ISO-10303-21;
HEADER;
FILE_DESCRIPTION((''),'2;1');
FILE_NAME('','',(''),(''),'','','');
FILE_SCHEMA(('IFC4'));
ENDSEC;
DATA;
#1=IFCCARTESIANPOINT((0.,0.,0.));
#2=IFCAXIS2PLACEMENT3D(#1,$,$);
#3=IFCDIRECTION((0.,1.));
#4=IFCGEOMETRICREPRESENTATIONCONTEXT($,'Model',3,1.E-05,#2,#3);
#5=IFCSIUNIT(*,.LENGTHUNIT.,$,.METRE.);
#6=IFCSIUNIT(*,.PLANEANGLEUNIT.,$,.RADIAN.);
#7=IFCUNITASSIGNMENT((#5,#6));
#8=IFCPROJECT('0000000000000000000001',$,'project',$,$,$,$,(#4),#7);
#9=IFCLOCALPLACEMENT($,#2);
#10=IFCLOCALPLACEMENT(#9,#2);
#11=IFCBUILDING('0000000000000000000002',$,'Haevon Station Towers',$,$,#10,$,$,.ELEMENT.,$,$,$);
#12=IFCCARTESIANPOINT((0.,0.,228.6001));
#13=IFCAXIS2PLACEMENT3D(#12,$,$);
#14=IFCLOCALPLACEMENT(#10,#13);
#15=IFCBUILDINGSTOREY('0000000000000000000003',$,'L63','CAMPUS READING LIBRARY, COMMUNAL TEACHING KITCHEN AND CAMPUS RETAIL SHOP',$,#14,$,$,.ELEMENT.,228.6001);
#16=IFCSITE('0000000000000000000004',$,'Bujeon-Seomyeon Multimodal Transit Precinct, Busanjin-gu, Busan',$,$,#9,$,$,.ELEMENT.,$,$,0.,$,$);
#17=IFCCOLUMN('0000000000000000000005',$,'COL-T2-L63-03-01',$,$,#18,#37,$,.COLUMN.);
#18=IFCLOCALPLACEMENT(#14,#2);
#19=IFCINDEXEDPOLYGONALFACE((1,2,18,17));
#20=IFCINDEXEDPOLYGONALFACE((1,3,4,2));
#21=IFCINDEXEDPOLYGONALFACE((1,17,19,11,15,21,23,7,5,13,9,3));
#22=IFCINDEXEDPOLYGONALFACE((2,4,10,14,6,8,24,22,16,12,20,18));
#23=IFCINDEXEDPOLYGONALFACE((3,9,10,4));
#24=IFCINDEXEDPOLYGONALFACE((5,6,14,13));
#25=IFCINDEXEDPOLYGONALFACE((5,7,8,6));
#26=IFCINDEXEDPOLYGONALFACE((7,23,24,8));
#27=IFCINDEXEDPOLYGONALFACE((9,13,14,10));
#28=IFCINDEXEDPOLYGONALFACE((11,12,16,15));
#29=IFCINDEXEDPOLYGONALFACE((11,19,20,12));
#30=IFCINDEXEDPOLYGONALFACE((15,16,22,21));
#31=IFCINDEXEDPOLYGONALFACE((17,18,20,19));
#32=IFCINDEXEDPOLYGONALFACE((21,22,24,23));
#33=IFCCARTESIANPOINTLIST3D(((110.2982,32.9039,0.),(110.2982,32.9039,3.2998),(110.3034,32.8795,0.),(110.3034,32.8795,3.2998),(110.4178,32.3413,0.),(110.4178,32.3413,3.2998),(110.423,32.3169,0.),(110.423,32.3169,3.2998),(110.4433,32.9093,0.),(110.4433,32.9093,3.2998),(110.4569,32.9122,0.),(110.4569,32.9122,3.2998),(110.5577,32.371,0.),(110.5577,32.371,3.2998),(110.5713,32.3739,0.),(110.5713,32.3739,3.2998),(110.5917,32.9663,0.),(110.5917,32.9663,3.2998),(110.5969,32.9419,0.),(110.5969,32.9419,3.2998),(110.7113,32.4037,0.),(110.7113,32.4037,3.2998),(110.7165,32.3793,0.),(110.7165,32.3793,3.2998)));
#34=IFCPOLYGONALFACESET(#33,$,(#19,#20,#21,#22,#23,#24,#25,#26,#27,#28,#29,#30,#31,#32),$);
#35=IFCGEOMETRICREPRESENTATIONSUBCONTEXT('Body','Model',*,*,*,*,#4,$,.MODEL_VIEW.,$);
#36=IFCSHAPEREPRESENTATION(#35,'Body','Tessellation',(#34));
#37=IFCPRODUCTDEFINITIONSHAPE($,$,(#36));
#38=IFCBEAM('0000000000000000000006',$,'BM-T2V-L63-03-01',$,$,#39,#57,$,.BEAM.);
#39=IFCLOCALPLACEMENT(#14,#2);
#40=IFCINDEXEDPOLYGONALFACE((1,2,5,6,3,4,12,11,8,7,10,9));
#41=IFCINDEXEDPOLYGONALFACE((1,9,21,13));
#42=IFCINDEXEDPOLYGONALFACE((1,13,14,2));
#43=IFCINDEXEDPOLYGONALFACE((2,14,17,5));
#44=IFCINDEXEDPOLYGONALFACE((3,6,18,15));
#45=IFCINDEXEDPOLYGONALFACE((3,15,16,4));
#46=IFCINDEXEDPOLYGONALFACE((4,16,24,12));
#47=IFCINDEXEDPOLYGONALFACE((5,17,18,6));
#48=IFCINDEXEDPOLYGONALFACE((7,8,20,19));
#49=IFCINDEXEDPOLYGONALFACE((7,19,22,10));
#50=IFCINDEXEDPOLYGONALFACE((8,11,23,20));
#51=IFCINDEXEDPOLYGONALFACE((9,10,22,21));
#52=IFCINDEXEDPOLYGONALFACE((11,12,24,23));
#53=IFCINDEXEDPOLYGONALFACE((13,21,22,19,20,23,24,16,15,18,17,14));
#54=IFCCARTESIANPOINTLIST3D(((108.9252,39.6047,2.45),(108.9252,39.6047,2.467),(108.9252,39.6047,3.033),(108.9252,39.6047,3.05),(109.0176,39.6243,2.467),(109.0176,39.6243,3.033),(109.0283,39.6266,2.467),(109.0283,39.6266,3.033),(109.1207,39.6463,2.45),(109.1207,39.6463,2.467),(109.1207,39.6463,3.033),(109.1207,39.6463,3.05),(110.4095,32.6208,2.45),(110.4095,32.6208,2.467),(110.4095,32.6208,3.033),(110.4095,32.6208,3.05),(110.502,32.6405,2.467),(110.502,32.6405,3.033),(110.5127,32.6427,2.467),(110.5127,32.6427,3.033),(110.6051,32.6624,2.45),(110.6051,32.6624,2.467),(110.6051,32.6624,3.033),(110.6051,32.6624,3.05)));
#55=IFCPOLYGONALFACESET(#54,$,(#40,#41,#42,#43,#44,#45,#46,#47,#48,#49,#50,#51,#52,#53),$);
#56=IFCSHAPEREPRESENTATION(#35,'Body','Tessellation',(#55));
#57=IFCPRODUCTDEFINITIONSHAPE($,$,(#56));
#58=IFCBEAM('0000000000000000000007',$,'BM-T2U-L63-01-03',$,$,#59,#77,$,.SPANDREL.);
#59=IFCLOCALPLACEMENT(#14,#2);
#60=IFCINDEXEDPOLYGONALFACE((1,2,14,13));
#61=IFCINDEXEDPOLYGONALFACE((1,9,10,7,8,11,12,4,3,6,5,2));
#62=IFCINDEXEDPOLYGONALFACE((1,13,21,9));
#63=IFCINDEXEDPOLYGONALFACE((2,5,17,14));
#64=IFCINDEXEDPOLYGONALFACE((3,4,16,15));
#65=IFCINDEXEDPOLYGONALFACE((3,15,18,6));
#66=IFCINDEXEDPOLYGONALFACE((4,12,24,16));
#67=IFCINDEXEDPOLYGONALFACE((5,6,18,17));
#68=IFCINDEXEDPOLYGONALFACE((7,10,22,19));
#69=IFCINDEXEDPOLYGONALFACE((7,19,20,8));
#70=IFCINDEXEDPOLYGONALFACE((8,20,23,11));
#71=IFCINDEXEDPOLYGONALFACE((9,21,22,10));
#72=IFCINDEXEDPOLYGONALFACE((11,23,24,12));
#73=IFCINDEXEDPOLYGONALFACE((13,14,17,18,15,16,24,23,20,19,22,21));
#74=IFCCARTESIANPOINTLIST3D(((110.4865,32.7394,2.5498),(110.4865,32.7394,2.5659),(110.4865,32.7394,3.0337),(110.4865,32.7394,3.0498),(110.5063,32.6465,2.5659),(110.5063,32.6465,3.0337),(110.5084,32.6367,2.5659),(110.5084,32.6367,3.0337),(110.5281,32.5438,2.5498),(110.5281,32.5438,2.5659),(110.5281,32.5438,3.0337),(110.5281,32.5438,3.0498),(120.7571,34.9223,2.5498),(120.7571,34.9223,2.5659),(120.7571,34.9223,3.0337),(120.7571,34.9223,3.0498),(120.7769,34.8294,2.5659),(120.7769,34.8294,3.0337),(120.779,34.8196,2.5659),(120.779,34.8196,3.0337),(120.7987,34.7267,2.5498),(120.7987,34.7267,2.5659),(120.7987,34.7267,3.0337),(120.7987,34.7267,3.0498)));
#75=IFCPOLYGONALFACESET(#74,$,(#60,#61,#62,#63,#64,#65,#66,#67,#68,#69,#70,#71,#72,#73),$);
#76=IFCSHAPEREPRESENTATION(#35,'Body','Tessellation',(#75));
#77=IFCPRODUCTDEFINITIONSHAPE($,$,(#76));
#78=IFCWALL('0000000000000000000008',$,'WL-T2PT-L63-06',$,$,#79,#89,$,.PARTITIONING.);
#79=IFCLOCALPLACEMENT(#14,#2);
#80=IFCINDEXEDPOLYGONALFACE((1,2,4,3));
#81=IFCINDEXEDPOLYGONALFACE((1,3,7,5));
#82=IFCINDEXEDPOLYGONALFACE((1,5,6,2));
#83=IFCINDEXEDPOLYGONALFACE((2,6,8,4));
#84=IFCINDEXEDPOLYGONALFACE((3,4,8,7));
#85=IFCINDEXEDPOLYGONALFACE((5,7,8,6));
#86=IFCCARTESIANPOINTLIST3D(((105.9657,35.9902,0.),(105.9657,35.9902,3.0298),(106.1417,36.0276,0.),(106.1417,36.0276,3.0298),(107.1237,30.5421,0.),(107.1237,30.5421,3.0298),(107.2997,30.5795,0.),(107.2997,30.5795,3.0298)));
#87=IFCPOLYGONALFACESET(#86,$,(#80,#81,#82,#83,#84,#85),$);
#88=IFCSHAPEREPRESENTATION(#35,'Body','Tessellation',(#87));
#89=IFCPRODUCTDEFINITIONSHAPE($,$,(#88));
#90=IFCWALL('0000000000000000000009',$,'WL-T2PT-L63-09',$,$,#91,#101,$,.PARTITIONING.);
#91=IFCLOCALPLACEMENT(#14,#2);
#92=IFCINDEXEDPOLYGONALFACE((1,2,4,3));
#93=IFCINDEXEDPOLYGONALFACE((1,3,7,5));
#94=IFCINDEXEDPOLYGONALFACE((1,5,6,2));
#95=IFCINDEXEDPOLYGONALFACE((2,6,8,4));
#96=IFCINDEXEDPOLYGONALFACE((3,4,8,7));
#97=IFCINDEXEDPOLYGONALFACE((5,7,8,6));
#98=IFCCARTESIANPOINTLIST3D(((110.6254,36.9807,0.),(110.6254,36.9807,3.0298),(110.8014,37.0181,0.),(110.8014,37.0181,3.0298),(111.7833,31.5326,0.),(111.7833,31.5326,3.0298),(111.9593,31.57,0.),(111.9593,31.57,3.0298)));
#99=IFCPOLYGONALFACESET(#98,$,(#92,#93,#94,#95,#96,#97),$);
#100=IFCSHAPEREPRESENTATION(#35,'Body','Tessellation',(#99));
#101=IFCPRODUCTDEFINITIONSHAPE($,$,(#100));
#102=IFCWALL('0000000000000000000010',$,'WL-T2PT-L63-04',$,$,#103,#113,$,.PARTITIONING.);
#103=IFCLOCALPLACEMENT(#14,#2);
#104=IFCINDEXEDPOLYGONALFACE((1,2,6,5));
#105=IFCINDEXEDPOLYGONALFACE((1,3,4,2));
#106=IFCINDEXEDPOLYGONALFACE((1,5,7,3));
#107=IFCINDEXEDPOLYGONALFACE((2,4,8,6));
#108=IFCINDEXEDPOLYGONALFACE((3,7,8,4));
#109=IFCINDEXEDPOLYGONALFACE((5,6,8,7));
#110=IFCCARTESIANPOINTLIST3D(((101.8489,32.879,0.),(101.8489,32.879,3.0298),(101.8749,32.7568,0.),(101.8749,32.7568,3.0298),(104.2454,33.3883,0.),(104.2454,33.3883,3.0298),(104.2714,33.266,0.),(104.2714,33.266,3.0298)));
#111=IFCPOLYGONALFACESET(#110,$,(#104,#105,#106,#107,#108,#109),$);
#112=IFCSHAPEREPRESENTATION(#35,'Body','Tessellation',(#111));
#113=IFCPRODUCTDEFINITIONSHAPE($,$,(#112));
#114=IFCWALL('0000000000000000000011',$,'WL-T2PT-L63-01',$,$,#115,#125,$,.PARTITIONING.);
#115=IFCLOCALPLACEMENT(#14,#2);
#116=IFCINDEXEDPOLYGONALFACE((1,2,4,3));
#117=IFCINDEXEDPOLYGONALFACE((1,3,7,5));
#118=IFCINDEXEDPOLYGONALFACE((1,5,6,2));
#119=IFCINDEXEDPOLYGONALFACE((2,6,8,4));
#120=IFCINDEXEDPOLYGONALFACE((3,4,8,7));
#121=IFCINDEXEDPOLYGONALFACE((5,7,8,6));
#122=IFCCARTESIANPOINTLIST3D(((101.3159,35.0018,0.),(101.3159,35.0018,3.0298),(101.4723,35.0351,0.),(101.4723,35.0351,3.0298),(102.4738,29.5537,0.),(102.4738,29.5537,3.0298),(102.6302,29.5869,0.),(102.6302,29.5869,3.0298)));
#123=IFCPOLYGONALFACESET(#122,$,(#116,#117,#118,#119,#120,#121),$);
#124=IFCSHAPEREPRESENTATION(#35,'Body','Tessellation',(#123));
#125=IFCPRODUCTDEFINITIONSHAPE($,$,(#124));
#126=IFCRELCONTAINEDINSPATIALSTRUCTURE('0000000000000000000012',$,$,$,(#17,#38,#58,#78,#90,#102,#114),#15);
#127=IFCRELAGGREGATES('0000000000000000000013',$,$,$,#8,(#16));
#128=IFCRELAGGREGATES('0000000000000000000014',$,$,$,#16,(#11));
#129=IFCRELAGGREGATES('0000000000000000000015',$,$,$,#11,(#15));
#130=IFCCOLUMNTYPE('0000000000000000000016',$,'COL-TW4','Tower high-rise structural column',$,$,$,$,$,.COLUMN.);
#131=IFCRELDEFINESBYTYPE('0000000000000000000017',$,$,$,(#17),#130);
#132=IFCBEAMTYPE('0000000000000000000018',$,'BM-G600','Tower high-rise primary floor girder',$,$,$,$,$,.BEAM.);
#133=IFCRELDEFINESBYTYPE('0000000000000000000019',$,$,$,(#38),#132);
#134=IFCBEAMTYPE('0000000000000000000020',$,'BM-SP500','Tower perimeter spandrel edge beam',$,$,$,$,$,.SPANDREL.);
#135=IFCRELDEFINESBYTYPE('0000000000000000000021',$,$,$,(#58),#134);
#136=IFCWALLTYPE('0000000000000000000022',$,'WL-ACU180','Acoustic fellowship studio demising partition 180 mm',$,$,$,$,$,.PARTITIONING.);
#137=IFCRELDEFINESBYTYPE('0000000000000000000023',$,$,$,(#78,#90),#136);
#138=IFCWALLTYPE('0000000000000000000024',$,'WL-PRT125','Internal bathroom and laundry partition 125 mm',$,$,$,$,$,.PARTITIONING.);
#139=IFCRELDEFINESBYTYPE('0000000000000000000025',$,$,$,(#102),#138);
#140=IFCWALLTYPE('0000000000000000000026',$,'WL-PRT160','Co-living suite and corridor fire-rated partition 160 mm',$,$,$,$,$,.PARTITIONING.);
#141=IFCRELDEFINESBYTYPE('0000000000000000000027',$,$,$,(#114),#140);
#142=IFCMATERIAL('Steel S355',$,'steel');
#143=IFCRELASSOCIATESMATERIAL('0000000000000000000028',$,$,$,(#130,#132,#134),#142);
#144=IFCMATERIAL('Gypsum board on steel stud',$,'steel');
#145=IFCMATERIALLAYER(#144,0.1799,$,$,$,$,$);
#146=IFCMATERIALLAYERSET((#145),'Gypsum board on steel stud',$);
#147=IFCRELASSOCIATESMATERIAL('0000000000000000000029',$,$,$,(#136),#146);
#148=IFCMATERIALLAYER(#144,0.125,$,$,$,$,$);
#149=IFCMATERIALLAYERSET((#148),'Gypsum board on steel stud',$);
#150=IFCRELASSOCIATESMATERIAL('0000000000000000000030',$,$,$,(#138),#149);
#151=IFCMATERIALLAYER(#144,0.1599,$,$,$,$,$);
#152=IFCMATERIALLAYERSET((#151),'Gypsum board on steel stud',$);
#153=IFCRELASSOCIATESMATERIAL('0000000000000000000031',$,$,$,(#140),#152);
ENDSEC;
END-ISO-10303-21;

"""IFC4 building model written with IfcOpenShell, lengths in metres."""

from ifc_helpers import new_model, si_unit, direction, frame, frame_2d, origin, origin_2d, place, context, subcontext, project, spatial, rectangle, i_section, extrude, material, layer, layer_set, material_profile, profile_set, type_object, element, save


model = new_model("IFC4")

# Units and contexts
model_context = context("Model", 3, precision=1e-05, world=origin(), true_north=direction((0.0, 1.0)))
body_context = subcontext(model_context, "Body", "Model", "MODEL_VIEW")
ifc_project = project(units=[si_unit("LENGTHUNIT", "METRE"), si_unit("PLANEANGLEUNIT", "RADIAN")], contexts=[model_context])

# Site, building, storey
site_placement = place(None, origin())
site = spatial("IfcSite", under=ifc_project, at=site_placement, Name="Bujeon-Seomyeon Multimodal Transit Precinct, Busanjin-gu, Busan", CompositionType="ELEMENT", RefElevation=0.0)
building_placement = place(site_placement, origin())
building = spatial("IfcBuilding", under=site, at=building_placement, Name="Haevon Station Towers", CompositionType="ELEMENT")
storey_placement = place(building_placement, frame((0.0, 0.0, 228.6001)))
storey = spatial("IfcBuildingStorey", under=building, at=storey_placement, Name="L63", Description="CAMPUS READING LIBRARY, COMMUNAL TEACHING KITCHEN AND CAMPUS RETAIL SHOP", CompositionType="ELEMENT", Elevation=228.6001)

# Column
ifc_material_1 = material(Name="Steel S355", Category="steel")
ifc_material_profile_1 = material_profile(ifc_material_1, i_section(OverallWidth=0.3, OverallDepth=0.6001, WebThickness=0.0139, FlangeThickness=0.0249, at=origin_2d()), Name="H-600x300x14x25")
ifc_profile_set_1 = profile_set([ifc_material_profile_1], Name="Steel S355")
column_type = type_object("IfcColumnType", Name="COL-TW4", Description="Tower high-rise structural column", PredefinedType="COLUMN", material=ifc_profile_set_1)
column_placement = place(storey_placement, frame((110.5073, 32.6416, 0.0), z_axis=(0.0, 0.0, 1.0), x_axis=(0.978148, 0.207912, 0.0)))
element("IfcColumn", 1, at=column_placement, inside=storey, type_object=column_type, Name="COL-T2-L63-03-01", PredefinedType="COLUMN", context=body_context, shape_type="SweptSolid", body=[
    extrude(i_section(OverallWidth=0.3, OverallDepth=0.6001, WebThickness=0.0139, FlangeThickness=0.0249, at=origin_2d()), origin(), (0.0, 0.0, 1.0), 3.2998),
])

# Beams
ifc_material_profile_2 = material_profile(ifc_material_1, i_section(OverallWidth=0.2, OverallDepth=0.6001, WebThickness=0.011, FlangeThickness=0.0171, at=origin_2d()), Name="H-600x200x11x17")
ifc_profile_set_2 = profile_set([ifc_material_profile_2], Name="Steel S355")
beam_type_1 = type_object("IfcBeamType", Name="BM-G600", Description="Tower high-rise primary floor girder", PredefinedType="BEAM", material=ifc_profile_set_2)
beam_1_placement = place(storey_placement, frame((110.5073, 32.6416, 2.75), z_axis=(-0.207899, 0.97815, 0.0), x_axis=(-0.97815, -0.207899, 0.0)))
element("IfcBeam", 2, at=beam_1_placement, inside=storey, type_object=beam_type_1, Name="BM-T2V-L63-03-01", PredefinedType="BEAM", context=body_context, shape_type="SweptSolid", body=[
    extrude(i_section(OverallWidth=0.2, OverallDepth=0.6001, WebThickness=0.011, FlangeThickness=0.0171, at=origin_2d()), origin(), (0.0, 0.0, 1.0), 7.1399),
])
ifc_material_profile_3 = material_profile(ifc_material_1, i_section(OverallWidth=0.2, OverallDepth=0.5, WebThickness=0.01, FlangeThickness=0.0161, at=origin_2d()), Name="H-500x200x10x16")
ifc_profile_set_3 = profile_set([ifc_material_profile_3], Name="Steel S355")
beam_type_2 = type_object("IfcBeamType", Name="BM-SP500", Description="Tower perimeter spandrel edge beam", PredefinedType="SPANDREL", material=ifc_profile_set_3)
beam_2_placement = place(storey_placement, frame((110.5073, 32.6416, 2.7998), z_axis=(0.978152, 0.207893, 0.0), x_axis=(-0.207893, 0.978152, 0.0)))
element("IfcBeam", 3, at=beam_2_placement, inside=storey, type_object=beam_type_2, Name="BM-T2U-L63-01-03", PredefinedType="SPANDREL", context=body_context, shape_type="SweptSolid", body=[
    extrude(i_section(OverallWidth=0.2, OverallDepth=0.5, WebThickness=0.01, FlangeThickness=0.0161, at=origin_2d()), origin(), (0.0, 0.0, 1.0), 10.5),
])

# Walls
ifc_material_2 = material(Name="Gypsum board on steel stud", Category="steel")
ifc_layer_1 = layer(ifc_material_2, 0.1799)
ifc_layer_set_1 = layer_set([ifc_layer_1], Name="Gypsum board on steel stud")
wall_type_1 = type_object("IfcWallType", Name="WL-ACU180", Description="Acoustic fellowship studio demising partition 180 mm", PredefinedType="PARTITIONING", material=ifc_layer_set_1)
for number, where, z_axis, x_axis, name in (
    (4, (107.2117, 30.5608, 0.0), (0.0, 0.0, 1.0), (-0.207894, 0.978151, 0.0), "WL-T2PT-L63-06"),
    (5, (111.8713, 31.5513, 0.0), (0.0, 0.0, 1.0), (-0.207894, 0.978151, 0.0), "WL-T2PT-L63-09"),
):
    element("IfcWall", number, at=place(storey_placement, frame(where, z_axis=z_axis, x_axis=x_axis)), inside=storey, type_object=wall_type_1, Name=name, PredefinedType="PARTITIONING", context=body_context, shape_type="SweptSolid", body=[
        extrude(rectangle(XDim=5.5698, YDim=0.1799, at=frame_2d((2.7849, 0.0))), origin(), (0.0, 0.0, 1.0), 3.0298),
    ])
ifc_layer_2 = layer(ifc_material_2, 0.125)
ifc_layer_set_2 = layer_set([ifc_layer_2], Name="Gypsum board on steel stud")
wall_type_2 = type_object("IfcWallType", Name="WL-PRT125", Description="Internal bathroom and laundry partition 125 mm", PredefinedType="PARTITIONING", material=ifc_layer_set_2)
wall_1_placement = place(storey_placement, frame((101.8618, 32.8179, 0.0), z_axis=(0.0, 0.0, 1.0), x_axis=(0.978157, 0.207868, 0.0)))
element("IfcWall", 6, at=wall_1_placement, inside=storey, type_object=wall_type_2, Name="WL-T2PT-L63-04", PredefinedType="PARTITIONING", context=body_context, shape_type="SweptSolid", body=[
    extrude(rectangle(XDim=2.45, YDim=0.125, at=frame_2d((1.2251, 0.0))), origin(), (0.0, 0.0, 1.0), 3.0298),
])
ifc_layer_3 = layer(ifc_material_2, 0.1599)
ifc_layer_set_3 = layer_set([ifc_layer_3], Name="Gypsum board on steel stud")
wall_type_3 = type_object("IfcWallType", Name="WL-PRT160", Description="Co-living suite and corridor fire-rated partition 160 mm", PredefinedType="PARTITIONING", material=ifc_layer_set_3)
wall_2_placement = place(storey_placement, frame((102.552, 29.5703, 0.0), z_axis=(0.0, 0.0, 1.0), x_axis=(-0.207894, 0.978151, 0.0)))
element("IfcWall", 7, at=wall_2_placement, inside=storey, type_object=wall_type_3, Name="WL-T2PT-L63-01", PredefinedType="PARTITIONING", context=body_context, shape_type="SweptSolid", body=[
    extrude(rectangle(XDim=5.5698, YDim=0.1599, at=frame_2d((2.7849, 0.0))), origin(), (0.0, 0.0, 1.0), 3.0298),
])

save(model, "model.ifc")
